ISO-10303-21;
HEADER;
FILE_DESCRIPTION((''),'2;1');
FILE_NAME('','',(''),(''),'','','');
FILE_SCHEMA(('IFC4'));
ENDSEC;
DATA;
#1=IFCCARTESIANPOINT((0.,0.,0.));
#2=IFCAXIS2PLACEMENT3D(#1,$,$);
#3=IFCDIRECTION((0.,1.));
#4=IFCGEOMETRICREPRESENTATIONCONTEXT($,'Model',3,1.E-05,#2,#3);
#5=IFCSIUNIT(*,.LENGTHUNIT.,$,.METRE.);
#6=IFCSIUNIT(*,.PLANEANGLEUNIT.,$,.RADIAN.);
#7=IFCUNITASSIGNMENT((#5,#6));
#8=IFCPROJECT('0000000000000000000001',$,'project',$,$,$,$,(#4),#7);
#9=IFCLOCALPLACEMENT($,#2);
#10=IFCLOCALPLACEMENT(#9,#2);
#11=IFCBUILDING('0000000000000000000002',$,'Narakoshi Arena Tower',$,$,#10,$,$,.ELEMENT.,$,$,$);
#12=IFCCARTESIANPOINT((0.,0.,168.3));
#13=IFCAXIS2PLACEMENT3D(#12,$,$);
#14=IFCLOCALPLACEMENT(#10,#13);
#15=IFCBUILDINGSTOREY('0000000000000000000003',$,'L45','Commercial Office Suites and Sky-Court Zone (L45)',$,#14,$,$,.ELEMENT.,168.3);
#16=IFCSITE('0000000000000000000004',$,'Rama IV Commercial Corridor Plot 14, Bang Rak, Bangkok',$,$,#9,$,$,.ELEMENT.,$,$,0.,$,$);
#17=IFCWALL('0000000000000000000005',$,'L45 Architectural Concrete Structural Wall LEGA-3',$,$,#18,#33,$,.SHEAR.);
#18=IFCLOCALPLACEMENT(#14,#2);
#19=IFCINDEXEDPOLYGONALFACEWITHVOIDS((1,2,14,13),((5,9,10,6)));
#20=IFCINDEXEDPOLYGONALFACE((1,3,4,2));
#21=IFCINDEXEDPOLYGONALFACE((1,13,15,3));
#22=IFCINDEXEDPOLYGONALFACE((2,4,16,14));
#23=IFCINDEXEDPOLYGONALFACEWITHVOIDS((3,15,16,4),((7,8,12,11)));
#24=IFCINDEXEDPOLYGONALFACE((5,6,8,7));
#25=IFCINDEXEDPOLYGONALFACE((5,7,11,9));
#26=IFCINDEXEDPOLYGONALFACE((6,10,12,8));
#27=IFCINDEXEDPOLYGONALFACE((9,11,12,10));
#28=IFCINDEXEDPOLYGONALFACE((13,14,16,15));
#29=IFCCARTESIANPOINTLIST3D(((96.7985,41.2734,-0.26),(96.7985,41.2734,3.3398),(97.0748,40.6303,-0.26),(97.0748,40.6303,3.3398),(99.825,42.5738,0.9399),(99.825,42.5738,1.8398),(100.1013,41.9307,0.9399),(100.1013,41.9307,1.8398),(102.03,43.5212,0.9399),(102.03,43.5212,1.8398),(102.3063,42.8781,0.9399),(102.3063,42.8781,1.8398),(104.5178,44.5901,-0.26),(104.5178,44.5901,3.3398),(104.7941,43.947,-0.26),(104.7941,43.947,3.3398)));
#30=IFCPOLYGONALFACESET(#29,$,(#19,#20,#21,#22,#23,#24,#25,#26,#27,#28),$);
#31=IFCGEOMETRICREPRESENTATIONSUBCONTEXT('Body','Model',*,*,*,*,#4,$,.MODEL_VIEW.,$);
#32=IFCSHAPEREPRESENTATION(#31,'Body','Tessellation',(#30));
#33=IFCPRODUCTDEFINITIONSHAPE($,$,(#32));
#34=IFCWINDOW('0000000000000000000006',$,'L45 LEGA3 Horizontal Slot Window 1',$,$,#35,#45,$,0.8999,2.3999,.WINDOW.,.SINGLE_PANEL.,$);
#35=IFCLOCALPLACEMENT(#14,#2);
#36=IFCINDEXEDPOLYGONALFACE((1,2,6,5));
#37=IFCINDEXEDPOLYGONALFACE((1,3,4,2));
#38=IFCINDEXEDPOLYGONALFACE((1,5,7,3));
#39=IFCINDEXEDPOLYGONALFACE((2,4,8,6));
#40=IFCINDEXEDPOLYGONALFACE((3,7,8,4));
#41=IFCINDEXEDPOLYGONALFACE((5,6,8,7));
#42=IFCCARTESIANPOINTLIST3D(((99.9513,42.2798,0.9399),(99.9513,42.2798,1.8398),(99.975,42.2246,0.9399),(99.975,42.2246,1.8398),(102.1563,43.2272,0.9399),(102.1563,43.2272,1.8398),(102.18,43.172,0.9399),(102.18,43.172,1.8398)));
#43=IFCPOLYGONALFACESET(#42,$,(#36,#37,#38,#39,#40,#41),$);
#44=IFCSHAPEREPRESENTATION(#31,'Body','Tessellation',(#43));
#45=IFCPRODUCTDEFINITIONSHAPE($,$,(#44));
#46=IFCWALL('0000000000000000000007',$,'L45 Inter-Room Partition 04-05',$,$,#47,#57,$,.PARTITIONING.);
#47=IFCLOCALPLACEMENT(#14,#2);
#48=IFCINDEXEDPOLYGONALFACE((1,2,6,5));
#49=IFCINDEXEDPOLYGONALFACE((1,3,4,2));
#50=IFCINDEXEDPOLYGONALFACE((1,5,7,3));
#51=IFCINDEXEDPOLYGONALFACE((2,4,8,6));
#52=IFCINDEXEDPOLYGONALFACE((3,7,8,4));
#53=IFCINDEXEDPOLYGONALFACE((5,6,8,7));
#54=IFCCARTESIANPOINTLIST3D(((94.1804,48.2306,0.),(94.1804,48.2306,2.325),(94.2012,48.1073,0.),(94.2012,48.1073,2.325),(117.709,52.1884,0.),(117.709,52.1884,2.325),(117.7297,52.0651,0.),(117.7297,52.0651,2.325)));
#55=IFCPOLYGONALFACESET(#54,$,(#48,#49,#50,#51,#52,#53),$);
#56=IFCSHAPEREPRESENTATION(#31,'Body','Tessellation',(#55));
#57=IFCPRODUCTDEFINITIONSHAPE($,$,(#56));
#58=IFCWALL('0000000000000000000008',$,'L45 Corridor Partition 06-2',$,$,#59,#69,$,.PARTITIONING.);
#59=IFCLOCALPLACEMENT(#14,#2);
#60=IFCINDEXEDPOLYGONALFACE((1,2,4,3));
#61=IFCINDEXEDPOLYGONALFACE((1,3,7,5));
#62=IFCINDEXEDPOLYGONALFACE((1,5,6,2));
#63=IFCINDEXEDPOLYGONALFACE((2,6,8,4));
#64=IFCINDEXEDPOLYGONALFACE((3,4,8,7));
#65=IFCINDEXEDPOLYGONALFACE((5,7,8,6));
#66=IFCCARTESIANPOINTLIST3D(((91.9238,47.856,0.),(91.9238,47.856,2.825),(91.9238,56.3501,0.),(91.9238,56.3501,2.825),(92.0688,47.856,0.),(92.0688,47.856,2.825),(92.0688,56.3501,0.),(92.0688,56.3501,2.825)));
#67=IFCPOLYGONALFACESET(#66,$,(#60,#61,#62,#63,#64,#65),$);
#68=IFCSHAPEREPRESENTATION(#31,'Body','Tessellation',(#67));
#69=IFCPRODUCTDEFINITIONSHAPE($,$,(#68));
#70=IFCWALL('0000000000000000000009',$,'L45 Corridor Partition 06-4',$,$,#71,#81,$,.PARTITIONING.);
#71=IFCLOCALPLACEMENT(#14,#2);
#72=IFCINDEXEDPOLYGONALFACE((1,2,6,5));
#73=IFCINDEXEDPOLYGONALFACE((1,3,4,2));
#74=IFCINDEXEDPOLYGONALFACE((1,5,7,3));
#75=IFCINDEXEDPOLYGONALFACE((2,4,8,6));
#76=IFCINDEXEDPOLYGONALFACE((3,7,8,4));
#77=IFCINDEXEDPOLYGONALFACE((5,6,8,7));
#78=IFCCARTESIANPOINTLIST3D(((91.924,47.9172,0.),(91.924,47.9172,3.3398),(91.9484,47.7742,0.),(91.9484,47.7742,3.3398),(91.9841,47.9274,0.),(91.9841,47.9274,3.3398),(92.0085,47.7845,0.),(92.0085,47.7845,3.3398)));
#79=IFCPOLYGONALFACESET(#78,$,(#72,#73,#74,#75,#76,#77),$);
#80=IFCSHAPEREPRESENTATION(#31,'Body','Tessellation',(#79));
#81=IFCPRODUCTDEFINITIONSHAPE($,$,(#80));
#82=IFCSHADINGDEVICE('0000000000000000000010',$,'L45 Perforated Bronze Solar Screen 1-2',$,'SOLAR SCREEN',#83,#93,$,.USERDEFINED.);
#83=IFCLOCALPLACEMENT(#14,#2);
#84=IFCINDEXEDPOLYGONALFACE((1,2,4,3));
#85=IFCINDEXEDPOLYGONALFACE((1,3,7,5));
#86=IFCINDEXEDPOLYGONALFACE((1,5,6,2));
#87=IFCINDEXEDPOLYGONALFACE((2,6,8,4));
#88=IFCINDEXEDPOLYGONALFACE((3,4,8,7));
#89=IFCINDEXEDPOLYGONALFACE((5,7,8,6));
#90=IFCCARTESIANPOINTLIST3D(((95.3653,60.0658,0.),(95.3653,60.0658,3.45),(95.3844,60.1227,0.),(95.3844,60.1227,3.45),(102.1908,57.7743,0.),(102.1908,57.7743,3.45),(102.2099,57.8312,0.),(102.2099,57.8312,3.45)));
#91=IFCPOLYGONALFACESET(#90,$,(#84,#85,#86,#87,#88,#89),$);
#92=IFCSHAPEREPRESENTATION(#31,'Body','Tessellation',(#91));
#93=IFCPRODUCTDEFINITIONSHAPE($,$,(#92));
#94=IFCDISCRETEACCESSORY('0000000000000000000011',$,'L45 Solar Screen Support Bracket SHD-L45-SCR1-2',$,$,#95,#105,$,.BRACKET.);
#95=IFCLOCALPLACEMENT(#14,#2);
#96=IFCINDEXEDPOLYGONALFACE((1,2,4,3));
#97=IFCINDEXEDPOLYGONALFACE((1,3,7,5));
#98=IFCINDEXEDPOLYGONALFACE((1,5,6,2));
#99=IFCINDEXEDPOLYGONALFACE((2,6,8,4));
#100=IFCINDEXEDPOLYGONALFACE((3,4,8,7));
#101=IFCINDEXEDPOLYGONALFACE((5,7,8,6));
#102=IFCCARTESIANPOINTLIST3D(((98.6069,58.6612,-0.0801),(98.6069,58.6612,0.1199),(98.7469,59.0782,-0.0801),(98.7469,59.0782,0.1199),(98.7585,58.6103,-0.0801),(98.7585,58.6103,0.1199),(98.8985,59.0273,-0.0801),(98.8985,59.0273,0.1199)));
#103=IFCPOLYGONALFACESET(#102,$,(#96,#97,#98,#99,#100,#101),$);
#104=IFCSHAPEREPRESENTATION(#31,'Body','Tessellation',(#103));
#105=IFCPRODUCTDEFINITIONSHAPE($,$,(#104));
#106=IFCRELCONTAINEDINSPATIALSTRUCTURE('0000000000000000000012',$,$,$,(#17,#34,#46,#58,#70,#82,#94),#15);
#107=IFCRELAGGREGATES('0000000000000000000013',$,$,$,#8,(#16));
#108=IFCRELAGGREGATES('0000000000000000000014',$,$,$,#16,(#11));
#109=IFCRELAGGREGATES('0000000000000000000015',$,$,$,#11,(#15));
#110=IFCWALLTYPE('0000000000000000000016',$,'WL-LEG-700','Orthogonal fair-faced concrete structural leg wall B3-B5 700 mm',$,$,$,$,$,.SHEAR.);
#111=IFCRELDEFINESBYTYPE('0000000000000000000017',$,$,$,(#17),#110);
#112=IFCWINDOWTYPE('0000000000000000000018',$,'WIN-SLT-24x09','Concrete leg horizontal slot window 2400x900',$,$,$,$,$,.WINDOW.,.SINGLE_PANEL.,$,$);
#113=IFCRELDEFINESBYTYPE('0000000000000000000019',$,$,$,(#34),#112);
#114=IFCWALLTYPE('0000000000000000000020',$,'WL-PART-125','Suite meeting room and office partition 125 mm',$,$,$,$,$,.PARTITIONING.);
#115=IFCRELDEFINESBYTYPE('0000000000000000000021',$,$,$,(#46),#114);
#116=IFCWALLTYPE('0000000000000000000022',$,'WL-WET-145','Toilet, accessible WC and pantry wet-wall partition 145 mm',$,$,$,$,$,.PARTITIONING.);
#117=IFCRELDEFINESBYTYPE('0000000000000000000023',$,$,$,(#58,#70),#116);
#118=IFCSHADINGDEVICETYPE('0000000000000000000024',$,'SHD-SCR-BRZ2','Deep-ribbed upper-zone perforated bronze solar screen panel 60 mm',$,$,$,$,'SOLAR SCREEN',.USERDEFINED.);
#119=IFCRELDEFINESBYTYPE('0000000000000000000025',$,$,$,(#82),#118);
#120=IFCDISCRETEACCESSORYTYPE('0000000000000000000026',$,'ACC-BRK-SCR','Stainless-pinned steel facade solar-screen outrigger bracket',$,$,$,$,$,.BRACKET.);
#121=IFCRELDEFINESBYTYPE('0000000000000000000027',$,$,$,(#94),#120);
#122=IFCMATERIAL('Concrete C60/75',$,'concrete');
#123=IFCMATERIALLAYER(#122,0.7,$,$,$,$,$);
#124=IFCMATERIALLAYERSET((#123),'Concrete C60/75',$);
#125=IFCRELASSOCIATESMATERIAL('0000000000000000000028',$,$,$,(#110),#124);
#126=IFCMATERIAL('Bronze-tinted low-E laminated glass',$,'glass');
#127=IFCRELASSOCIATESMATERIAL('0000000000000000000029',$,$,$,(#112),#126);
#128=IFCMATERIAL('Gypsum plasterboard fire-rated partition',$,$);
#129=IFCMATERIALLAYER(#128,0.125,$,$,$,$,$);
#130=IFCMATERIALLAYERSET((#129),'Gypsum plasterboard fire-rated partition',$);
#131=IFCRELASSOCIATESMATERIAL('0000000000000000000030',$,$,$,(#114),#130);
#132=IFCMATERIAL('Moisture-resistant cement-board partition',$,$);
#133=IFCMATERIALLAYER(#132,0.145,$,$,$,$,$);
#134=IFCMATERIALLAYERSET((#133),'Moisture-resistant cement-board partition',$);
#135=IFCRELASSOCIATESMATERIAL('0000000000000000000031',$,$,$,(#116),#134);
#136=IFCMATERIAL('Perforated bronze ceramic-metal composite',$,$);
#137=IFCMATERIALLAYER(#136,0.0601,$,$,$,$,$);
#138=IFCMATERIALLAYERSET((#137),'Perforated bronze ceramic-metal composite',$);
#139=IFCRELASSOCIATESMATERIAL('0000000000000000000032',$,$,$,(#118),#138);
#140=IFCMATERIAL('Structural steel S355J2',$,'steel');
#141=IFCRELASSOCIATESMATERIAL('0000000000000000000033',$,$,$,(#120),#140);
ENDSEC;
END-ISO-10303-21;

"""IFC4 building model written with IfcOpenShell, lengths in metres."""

from ifc_helpers import new_model, si_unit, direction, frame, frame_2d, origin, origin_2d, place, context, subcontext, project, spatial, rectangle, extrude, material, layer, layer_set, type_object, element, fill, save


model = new_model("IFC4")

# Units and contexts
model_context = context("Model", 3, precision=1e-05, world=origin(), true_north=direction((0.0, 1.0)))
body_context = subcontext(model_context, "Body", "Model", "MODEL_VIEW")
ifc_project = project(units=[si_unit("LENGTHUNIT", "METRE"), si_unit("PLANEANGLEUNIT", "RADIAN")], contexts=[model_context])

# Site, building, storey
site_placement = place(None, origin())
site = spatial("IfcSite", under=ifc_project, at=site_placement, Name="Rama IV Commercial Corridor Plot 14, Bang Rak, Bangkok", CompositionType="ELEMENT", RefElevation=0.0)
building_placement = place(site_placement, origin())
building = spatial("IfcBuilding", under=site, at=building_placement, Name="Narakoshi Arena Tower", CompositionType="ELEMENT")
storey_placement = place(building_placement, frame((0.0, 0.0, 168.3)))
storey = spatial("IfcBuildingStorey", under=building, at=storey_placement, Name="L45", Description="Commercial Office Suites and Sky-Court Zone (L45)", CompositionType="ELEMENT", Elevation=168.3)

# Shared definitions
ifc_material_1 = material(Name="Concrete C60/75", Category="concrete")
ifc_material_2 = material(Name="Structural steel S355J2", Category="steel")

# Shared definitions
ifc_material_3 = material(Name="Bronze-tinted low-E laminated glass", Category="glass")

# Shared definitions
ifc_material_4 = material(Name="Gypsum plasterboard fire-rated partition")

# Wall, opening, window
ifc_layer_1 = layer(ifc_material_1, 0.7)
ifc_layer_set_1 = layer_set([ifc_layer_1], Name="Concrete C60/75")
wall_type_1 = type_object("IfcWallType", Name="WL-LEG-700", Description="Orthogonal fair-faced concrete structural leg wall B3-B5 700 mm", PredefinedType="SHEAR", material=ifc_layer_set_1)
wall_1_placement = place(storey_placement, frame((96.9368, 40.9519, -0.26), z_axis=(0.0, 0.0, 1.0), x_axis=(0.918782, 0.394764, 0.0)))
wall_1 = element("IfcWall", 1, at=wall_1_placement, inside=storey, type_object=wall_type_1, Name="L45 Architectural Concrete Structural Wall LEGA-3", PredefinedType="SHEAR", context=body_context, shape_type="SweptSolid", body=[
    extrude(rectangle(XDim=8.4016, YDim=0.7, at=frame_2d((4.2007, 0.0))), origin(), (0.0, 0.0, 1.0), 3.5999),
])
opening_1_placement = place(wall_1_placement, frame((3.2939, 0.0, 1.2)))
opening_1 = element("IfcOpeningElement", 2, at=opening_1_placement, cuts=wall_1, PredefinedType="OPENING", context=body_context, shape_type="SweptSolid", body=[
    extrude(rectangle(XDim=2.3999, YDim=0.8999, at=frame_2d((1.2, 0.45))), frame((0.0, 0.3599, 0.0), z_axis=(0.0, -1.0, 0.0), x_axis=(1.0, 0.0, 0.0)), (0.0, 0.0, 1.0), 0.72),
])
window_type = type_object("IfcWindowType", Name="WIN-SLT-24x09", Description="Concrete leg horizontal slot window 2400x900", PartitioningType="SINGLE_PANEL", PredefinedType="WINDOW", material=ifc_material_3)
window_placement = place(opening_1_placement, origin())
window = element("IfcWindow", 3, at=window_placement, inside=storey, type_object=window_type, Name="L45 LEGA3 Horizontal Slot Window 1", OverallHeight=0.8999, OverallWidth=2.3999, PartitioningType="SINGLE_PANEL", PredefinedType="WINDOW", context=body_context, shape_type="SweptSolid", body=[
    extrude(rectangle(XDim=2.3999, YDim=0.8999, at=frame_2d((1.2, 0.45))), frame((0.0, 0.03, 0.0), z_axis=(0.0, -1.0, 0.0), x_axis=(1.0, 0.0, 0.0)), (0.0, 0.0, 1.0), 0.0601),
])
fill(opening_1, window)

# Walls
ifc_layer_2 = layer(ifc_material_4, 0.125)
ifc_layer_set_2 = layer_set([ifc_layer_2], Name="Gypsum plasterboard fire-rated partition")
wall_type_2 = type_object("IfcWallType", Name="WL-PART-125", Description="Suite meeting room and office partition 125 mm", PredefinedType="PARTITIONING", material=ifc_layer_set_2)
wall_2_placement = place(storey_placement, frame((94.1907, 48.1689, 0.0), z_axis=(0.0, 0.0, 1.0), x_axis=(0.986146, 0.165881, 0.0)))
element("IfcWall", 4, at=wall_2_placement, inside=storey, type_object=wall_type_2, Name="L45 Inter-Room Partition 04-05", PredefinedType="PARTITIONING", context=body_context, shape_type="SweptSolid", body=[
    extrude(rectangle(XDim=23.8591, YDim=0.125, at=frame_2d((11.9297, 0.0))), origin(), (0.0, 0.0, 1.0), 2.325),
])
ifc_material_5 = material(Name="Moisture-resistant cement-board partition")
ifc_layer_3 = layer(ifc_material_5, 0.145)
ifc_layer_set_3 = layer_set([ifc_layer_3], Name="Moisture-resistant cement-board partition")
wall_type_3 = type_object("IfcWallType", Name="WL-WET-145", Description="Toilet, accessible WC and pantry wet-wall partition 145 mm", PredefinedType="PARTITIONING", material=ifc_layer_set_3)
wall_3_placement = place(storey_placement, frame((91.9963, 56.3501, 0.0), z_axis=(0.0, 0.0, 1.0), x_axis=(0.0, -1.0, 0.0)))
element("IfcWall", 5, at=wall_3_placement, inside=storey, type_object=wall_type_3, Name="L45 Corridor Partition 06-2", PredefinedType="PARTITIONING", context=body_context, shape_type="SweptSolid", body=[
    extrude(rectangle(XDim=8.4941, YDim=0.145, at=frame_2d((4.2471, 0.0))), origin(), (0.0, 0.0, 1.0), 2.825),
])
wall_4_placement = place(storey_placement, frame((91.9963, 47.856, 0.0), z_axis=(0.0, 0.0, 1.0), x_axis=(-0.985736, -0.168296, 0.0)))
element("IfcWall", 6, at=wall_4_placement, inside=storey, type_object=wall_type_3, Name="L45 Corridor Partition 06-4", PredefinedType="PARTITIONING", context=body_context, shape_type="SweptSolid", body=[
    extrude(rectangle(XDim=0.061, YDim=0.145, at=frame_2d((0.0305, 0.0))), origin(), (0.0, 0.0, 1.0), 3.3398),
])

# Shading device
ifc_material_6 = material(Name="Perforated bronze ceramic-metal composite")
ifc_layer_4 = layer(ifc_material_6, 0.0601)
ifc_layer_set_4 = layer_set([ifc_layer_4], Name="Perforated bronze ceramic-metal composite")
shading_device_type = type_object("IfcShadingDeviceType", Name="SHD-SCR-BRZ2", Description="Deep-ribbed upper-zone perforated bronze solar screen panel 60 mm", ElementType="SOLAR SCREEN", PredefinedType="USERDEFINED", material=ifc_layer_set_4)
shading_device_placement = place(storey_placement, frame((98.7876, 58.9485, 0.0), z_axis=(0.0, 0.0, 1.0), x_axis=(-0.948002, 0.318264, 0.0)))
element("IfcShadingDevice", 7, at=shading_device_placement, inside=storey, type_object=shading_device_type, Name="L45 Perforated Bronze Solar Screen 1-2", ObjectType="SOLAR SCREEN", PredefinedType="USERDEFINED", context=body_context, shape_type="SweptSolid", body=[
    extrude(rectangle(XDim=7.2, YDim=0.0601, at=origin_2d()), origin(), (0.0, 0.0, 1.0), 3.45),
])

# Discrete accessory
discrete_accessory_type = type_object("IfcDiscreteAccessoryType", Name="ACC-BRK-SCR", Description="Stainless-pinned steel facade solar-screen outrigger bracket", PredefinedType="BRACKET", material=ifc_material_2)
discrete_accessory_placement = place(storey_placement, frame((98.7527, 58.8442, -0.0801), z_axis=(0.0, 0.0, 1.0), x_axis=(-0.948002, 0.318264, 0.0)))
element("IfcDiscreteAccessory", 8, at=discrete_accessory_placement, inside=storey, type_object=discrete_accessory_type, Name="L45 Solar Screen Support Bracket SHD-L45-SCR1-2", PredefinedType="BRACKET", context=body_context, shape_type="SweptSolid", body=[
    extrude(rectangle(XDim=0.1599, YDim=0.4399, at=origin_2d()), origin(), (0.0, 0.0, 1.0), 0.2),
])

save(model, "model.ifc")
